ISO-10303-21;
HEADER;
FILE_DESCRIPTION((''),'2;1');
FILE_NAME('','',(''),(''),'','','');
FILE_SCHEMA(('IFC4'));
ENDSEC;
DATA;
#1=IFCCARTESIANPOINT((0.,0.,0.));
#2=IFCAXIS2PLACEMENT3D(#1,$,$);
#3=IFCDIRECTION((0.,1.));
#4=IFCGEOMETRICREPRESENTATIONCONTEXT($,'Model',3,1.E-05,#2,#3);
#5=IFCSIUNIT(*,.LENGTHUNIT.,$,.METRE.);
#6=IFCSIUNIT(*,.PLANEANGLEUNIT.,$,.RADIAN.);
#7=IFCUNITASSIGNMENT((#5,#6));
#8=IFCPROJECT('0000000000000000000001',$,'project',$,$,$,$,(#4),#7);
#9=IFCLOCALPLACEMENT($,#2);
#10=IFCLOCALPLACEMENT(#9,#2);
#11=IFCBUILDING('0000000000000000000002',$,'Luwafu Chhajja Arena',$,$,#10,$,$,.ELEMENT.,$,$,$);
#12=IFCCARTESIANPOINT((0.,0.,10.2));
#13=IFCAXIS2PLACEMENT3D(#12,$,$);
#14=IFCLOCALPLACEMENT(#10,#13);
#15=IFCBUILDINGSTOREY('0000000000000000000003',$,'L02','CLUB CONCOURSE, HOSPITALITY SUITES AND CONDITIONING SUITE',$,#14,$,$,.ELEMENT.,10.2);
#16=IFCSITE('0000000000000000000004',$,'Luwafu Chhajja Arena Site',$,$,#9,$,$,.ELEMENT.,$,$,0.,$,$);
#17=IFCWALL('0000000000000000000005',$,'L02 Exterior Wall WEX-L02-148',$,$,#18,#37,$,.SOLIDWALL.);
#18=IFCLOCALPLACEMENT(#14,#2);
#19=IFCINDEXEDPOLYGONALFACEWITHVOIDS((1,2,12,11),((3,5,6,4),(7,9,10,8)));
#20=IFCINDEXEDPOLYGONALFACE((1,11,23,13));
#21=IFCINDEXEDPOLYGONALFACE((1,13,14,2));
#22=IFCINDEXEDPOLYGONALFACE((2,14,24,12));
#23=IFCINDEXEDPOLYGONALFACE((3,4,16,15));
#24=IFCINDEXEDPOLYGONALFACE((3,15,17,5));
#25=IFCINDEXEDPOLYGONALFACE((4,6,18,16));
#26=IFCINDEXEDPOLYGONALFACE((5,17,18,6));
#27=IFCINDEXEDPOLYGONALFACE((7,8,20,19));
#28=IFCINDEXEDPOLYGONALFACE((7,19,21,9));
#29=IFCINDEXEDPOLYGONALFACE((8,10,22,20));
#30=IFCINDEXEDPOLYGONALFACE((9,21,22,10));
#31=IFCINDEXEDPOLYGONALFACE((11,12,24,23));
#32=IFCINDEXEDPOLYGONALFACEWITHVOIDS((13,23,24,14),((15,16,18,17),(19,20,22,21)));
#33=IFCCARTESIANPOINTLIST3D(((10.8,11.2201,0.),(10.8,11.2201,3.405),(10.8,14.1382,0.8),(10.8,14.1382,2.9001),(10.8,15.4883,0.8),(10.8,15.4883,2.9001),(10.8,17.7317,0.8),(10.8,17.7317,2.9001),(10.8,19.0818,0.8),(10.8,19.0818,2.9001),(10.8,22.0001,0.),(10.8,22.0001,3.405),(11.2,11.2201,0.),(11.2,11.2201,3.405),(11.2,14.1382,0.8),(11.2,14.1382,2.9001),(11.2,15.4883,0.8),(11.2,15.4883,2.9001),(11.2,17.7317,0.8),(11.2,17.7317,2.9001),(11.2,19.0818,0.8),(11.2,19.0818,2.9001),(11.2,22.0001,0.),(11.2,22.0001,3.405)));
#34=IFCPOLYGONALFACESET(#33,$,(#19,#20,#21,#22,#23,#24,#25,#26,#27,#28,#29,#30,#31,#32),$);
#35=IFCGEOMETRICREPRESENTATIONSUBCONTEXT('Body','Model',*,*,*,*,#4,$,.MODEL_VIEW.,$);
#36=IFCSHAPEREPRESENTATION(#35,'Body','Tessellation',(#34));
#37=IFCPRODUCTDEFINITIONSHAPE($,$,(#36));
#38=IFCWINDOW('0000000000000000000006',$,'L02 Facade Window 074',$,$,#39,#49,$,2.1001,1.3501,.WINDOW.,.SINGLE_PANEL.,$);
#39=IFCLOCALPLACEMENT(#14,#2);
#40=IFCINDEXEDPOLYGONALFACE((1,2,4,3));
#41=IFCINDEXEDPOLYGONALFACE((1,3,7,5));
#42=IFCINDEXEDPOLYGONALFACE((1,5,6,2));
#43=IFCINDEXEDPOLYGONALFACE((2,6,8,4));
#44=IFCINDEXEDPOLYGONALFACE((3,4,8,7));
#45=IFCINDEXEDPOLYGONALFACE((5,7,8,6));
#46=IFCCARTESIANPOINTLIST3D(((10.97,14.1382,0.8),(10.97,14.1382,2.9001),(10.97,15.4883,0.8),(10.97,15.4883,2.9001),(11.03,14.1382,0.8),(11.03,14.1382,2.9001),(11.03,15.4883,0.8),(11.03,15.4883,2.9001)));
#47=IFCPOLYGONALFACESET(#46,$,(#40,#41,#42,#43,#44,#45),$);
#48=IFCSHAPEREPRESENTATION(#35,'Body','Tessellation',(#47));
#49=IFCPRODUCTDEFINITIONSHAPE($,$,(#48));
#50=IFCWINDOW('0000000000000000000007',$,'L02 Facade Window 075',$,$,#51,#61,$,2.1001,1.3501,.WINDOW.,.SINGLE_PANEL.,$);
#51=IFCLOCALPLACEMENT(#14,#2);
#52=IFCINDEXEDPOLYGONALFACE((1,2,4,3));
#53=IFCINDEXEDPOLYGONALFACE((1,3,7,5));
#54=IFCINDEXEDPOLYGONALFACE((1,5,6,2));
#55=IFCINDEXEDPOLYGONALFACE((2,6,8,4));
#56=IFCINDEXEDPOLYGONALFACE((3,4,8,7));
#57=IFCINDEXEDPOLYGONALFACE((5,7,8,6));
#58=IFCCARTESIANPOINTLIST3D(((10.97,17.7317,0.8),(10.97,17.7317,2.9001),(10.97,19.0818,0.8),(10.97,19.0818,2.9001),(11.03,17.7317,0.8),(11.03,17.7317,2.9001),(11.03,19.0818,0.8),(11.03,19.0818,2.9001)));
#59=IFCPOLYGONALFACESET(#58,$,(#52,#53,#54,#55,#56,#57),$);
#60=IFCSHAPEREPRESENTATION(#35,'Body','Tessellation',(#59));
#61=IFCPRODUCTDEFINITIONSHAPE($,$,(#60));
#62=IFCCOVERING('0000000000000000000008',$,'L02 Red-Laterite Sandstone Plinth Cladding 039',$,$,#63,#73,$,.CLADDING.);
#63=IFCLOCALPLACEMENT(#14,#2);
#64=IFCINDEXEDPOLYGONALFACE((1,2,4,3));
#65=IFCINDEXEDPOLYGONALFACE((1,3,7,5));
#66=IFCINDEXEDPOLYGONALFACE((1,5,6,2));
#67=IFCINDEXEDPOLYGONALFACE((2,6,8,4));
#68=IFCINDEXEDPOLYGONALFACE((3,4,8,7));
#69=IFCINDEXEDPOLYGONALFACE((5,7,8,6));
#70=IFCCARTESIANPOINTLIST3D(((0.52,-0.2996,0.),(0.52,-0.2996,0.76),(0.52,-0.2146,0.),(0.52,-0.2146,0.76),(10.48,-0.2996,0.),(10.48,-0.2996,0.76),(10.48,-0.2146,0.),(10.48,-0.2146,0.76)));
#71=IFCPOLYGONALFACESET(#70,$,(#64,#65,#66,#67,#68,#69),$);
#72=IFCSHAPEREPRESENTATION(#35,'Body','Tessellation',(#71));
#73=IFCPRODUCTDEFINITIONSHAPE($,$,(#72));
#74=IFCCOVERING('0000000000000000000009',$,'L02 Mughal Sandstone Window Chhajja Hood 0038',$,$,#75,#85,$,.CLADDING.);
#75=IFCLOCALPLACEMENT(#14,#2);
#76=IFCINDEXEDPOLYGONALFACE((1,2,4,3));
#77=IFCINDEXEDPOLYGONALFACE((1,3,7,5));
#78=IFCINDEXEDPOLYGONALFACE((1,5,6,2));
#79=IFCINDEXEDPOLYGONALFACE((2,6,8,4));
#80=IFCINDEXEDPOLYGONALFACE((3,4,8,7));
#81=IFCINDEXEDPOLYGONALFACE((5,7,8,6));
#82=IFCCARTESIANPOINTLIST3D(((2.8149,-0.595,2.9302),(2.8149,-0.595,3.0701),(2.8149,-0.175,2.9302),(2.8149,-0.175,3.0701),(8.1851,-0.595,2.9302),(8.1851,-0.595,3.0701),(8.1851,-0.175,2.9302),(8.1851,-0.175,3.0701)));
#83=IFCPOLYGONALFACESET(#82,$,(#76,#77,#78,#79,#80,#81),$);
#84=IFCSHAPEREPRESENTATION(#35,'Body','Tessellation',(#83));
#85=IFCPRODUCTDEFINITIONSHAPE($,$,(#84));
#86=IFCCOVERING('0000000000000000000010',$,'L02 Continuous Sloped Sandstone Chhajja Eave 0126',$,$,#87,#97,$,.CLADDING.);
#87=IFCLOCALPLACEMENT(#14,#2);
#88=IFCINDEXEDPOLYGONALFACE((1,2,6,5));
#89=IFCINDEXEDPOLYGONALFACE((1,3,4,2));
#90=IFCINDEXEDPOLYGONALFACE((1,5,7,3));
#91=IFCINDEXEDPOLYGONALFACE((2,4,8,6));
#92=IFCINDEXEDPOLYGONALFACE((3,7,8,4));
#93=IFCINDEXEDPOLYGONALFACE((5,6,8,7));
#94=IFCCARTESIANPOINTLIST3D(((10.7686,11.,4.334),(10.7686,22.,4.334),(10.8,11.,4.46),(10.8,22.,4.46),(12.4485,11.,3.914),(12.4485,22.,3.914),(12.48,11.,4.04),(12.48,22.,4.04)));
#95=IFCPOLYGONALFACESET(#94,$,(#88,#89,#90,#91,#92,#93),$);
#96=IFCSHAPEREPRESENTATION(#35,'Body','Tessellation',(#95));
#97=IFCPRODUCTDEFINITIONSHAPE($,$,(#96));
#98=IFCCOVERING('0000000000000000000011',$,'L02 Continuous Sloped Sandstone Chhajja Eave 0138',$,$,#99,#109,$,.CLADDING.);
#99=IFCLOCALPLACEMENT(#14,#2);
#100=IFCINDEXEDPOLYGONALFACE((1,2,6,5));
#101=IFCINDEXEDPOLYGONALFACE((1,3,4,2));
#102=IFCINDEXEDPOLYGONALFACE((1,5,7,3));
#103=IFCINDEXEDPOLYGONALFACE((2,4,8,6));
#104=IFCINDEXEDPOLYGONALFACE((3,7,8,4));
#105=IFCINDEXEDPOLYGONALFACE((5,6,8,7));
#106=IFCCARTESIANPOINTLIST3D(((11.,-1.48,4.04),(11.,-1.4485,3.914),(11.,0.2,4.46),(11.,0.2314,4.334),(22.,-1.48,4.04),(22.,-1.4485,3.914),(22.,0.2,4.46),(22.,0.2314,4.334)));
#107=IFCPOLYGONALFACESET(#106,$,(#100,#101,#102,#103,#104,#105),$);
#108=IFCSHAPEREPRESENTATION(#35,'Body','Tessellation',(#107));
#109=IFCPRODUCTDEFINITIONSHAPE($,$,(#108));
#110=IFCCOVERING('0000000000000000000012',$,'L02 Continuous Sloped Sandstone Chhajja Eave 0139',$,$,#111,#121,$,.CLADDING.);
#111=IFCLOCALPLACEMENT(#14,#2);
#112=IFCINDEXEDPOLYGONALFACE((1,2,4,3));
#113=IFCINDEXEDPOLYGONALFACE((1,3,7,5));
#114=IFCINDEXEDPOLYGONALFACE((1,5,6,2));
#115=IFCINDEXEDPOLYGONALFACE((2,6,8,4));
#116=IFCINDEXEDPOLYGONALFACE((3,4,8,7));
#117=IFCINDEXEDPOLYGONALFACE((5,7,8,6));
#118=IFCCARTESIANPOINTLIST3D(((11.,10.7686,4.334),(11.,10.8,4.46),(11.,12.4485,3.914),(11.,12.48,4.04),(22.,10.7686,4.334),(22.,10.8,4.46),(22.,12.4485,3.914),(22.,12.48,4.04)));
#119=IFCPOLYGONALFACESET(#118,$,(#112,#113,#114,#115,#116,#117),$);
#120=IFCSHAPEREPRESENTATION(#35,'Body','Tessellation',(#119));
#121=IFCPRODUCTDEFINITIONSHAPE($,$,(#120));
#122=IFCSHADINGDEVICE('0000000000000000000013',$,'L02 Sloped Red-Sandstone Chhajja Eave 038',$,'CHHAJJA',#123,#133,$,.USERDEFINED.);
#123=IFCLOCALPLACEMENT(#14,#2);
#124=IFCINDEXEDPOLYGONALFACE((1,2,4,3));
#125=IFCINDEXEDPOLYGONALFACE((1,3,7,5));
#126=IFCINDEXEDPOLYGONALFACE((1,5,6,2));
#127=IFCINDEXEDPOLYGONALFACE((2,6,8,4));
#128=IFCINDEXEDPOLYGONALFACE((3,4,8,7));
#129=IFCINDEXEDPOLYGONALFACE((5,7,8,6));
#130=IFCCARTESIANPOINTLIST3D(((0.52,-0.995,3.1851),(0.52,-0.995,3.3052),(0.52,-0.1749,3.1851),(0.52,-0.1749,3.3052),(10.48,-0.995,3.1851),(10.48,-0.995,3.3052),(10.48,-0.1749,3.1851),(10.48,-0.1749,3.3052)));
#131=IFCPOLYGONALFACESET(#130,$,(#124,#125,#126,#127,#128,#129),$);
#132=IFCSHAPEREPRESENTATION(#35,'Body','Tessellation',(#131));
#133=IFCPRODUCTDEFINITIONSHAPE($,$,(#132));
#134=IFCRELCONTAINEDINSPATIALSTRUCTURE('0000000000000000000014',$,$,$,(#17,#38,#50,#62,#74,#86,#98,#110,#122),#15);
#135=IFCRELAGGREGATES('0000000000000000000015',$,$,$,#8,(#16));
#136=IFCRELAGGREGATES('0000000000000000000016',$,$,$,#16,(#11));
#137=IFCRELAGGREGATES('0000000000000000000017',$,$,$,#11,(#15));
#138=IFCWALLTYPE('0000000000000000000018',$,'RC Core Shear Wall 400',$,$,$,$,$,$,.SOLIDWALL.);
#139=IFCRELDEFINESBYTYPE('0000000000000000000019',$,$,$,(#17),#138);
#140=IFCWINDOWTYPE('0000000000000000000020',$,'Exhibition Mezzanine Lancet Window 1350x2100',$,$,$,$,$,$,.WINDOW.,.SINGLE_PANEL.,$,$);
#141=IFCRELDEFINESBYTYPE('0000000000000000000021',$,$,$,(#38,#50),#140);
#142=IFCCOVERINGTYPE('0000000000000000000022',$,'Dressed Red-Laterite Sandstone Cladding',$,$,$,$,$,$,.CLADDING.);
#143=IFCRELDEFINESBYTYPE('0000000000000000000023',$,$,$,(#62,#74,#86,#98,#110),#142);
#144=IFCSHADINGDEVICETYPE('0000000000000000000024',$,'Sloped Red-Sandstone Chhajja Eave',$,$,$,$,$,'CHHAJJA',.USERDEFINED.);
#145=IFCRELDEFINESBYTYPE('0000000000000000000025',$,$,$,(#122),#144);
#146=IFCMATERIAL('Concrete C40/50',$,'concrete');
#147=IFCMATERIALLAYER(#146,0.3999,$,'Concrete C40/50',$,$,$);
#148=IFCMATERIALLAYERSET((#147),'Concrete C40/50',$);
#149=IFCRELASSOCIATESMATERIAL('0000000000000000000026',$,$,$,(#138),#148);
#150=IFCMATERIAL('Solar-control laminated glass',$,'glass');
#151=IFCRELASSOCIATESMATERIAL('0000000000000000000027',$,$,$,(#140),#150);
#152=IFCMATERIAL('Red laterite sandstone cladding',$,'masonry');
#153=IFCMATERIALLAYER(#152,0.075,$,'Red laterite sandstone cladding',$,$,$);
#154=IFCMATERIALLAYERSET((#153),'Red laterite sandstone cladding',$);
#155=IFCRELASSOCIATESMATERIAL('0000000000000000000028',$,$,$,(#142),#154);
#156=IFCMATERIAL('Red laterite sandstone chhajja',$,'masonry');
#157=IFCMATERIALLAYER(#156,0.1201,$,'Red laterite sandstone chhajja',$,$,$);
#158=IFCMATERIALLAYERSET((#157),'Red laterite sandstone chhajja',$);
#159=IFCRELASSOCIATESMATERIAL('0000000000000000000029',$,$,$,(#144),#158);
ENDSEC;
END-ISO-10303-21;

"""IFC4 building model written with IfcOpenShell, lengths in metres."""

from ifc_helpers import new_model, si_unit, direction, frame, frame_2d, origin, origin_2d, place, context, subcontext, project, spatial, polyline, rectangle, outline, extrude, material, layer, layer_set, type_object, element, fill, save


model = new_model("IFC4")

# Units and contexts
model_context = context("Model", 3, precision=1e-05, world=origin(), true_north=direction((0.0, 1.0)))
body_context = subcontext(model_context, "Body", "Model", "MODEL_VIEW")
ifc_project = project(units=[si_unit("LENGTHUNIT", "METRE"), si_unit("PLANEANGLEUNIT", "RADIAN")], contexts=[model_context])

# Site, building, storey
site_placement = place(None, origin())
site = spatial("IfcSite", under=ifc_project, at=site_placement, Name="Luwafu Chhajja Arena Site", CompositionType="ELEMENT", RefElevation=0.0)
building_placement = place(site_placement, origin())
building = spatial("IfcBuilding", under=site, at=building_placement, Name="Luwafu Chhajja Arena", CompositionType="ELEMENT")
storey_placement = place(building_placement, frame((0.0, 0.0, 10.2)))
storey = spatial("IfcBuildingStorey", under=building, at=storey_placement, Name="L02", Description="CLUB CONCOURSE, HOSPITALITY SUITES AND CONDITIONING SUITE", CompositionType="ELEMENT", Elevation=10.2)

# Shared definitions
ifc_material_1 = material(Name="Concrete C40/50", Category="concrete")

# Wall, openings, windows
ifc_layer_1 = layer(ifc_material_1, 0.3999, Name="Concrete C40/50")
ifc_layer_set_1 = layer_set([ifc_layer_1], Name="Concrete C40/50")
wall_type_1 = type_object("IfcWallType", Name="RC Core Shear Wall 400", PredefinedType="SOLIDWALL", material=ifc_layer_set_1)
wall_1_placement = place(storey_placement, frame((11.0, 11.22, 0.0), z_axis=(0.0, 0.0, 1.0), x_axis=(0.0, 1.0, 0.0)))
wall_1 = element("IfcWall", 1, at=wall_1_placement, inside=storey, type_object=wall_type_1, Name="L02 Exterior Wall WEX-L02-148", PredefinedType="SOLIDWALL", context=body_context, shape_type="SweptSolid", body=[
    extrude(rectangle(XDim=10.78, YDim=0.3999, at=frame_2d((5.3901, 0.0))), origin(), (0.0, 0.0, 1.0), 3.405),
])
opening_1_placement = place(wall_1_placement, frame((2.9182, 0.0, 0.8)))
opening_1 = element("IfcOpeningElement", 2, at=opening_1_placement, cuts=wall_1, PredefinedType="OPENING", context=body_context, shape_type="SweptSolid", body=[
    extrude(rectangle(XDim=1.3501, YDim=2.1001, at=frame_2d((0.675, 1.05))), frame((0.0, 0.21, 0.0), z_axis=(0.0, -1.0, 0.0), x_axis=(1.0, 0.0, 0.0)), (0.0, 0.0, 1.0), 0.4199),
])
opening_2_placement = place(wall_1_placement, frame((6.5117, 0.0, 0.8)))
opening_2 = element("IfcOpeningElement", 3, at=opening_2_placement, cuts=wall_1, PredefinedType="OPENING", context=body_context, shape_type="SweptSolid", body=[
    extrude(rectangle(XDim=1.3501, YDim=2.1001, at=frame_2d((0.675, 1.05))), frame((0.0, 0.21, 0.0), z_axis=(0.0, -1.0, 0.0), x_axis=(1.0, 0.0, 0.0)), (0.0, 0.0, 1.0), 0.4199),
])
ifc_material_2 = material(Name="Solar-control laminated glass", Category="glass")
window_type = type_object("IfcWindowType", Name="Exhibition Mezzanine Lancet Window 1350x2100", PartitioningType="SINGLE_PANEL", PredefinedType="WINDOW", material=ifc_material_2)
window_1_placement = place(opening_1_placement, origin())
window_1 = element("IfcWindow", 4, at=window_1_placement, inside=storey, type_object=window_type, Name="L02 Facade Window 074", OverallHeight=2.1001, OverallWidth=1.3501, PartitioningType="SINGLE_PANEL", PredefinedType="WINDOW", context=body_context, shape_type="SweptSolid", body=[
    extrude(rectangle(XDim=1.3501, YDim=2.1001, at=frame_2d((0.675, 1.05))), frame((0.0, 0.03, 0.0), z_axis=(0.0, -1.0, 0.0), x_axis=(1.0, 0.0, 0.0)), (0.0, 0.0, 1.0), 0.0601),
])
fill(opening_1, window_1)
window_2_placement = place(opening_2_placement, origin())
window_2 = element("IfcWindow", 5, at=window_2_placement, inside=storey, type_object=window_type, Name="L02 Facade Window 075", OverallHeight=2.1001, OverallWidth=1.3501, PartitioningType="SINGLE_PANEL", PredefinedType="WINDOW", context=body_context, shape_type="SweptSolid", body=[
    extrude(rectangle(XDim=1.3501, YDim=2.1001, at=frame_2d((0.675, 1.05))), frame((0.0, 0.03, 0.0), z_axis=(0.0, -1.0, 0.0), x_axis=(1.0, 0.0, 0.0)), (0.0, 0.0, 1.0), 0.0601),
])
fill(opening_2, window_2)

# Coverings
ifc_material_3 = material(Name="Red laterite sandstone cladding", Category="masonry")
ifc_layer_2 = layer(ifc_material_3, 0.075, Name="Red laterite sandstone cladding")
ifc_layer_set_2 = layer_set([ifc_layer_2], Name="Red laterite sandstone cladding")
covering_type = type_object("IfcCoveringType", Name="Dressed Red-Laterite Sandstone Cladding", PredefinedType="CLADDING", material=ifc_layer_set_2)
covering_1_placement = place(storey_placement, frame((5.5, -0.2571, 0.0), z_axis=(0.0, 0.0, 1.0), x_axis=(1.0, 0.0, 0.0)))
element("IfcCovering", 6, at=covering_1_placement, inside=storey, type_object=covering_type, Name="L02 Red-Laterite Sandstone Plinth Cladding 039", PredefinedType="CLADDING", context=body_context, shape_type="SweptSolid", body=[
    extrude(rectangle(XDim=9.96, YDim=0.085, at=origin_2d()), origin(), (0.0, 0.0, 1.0), 0.76),
])
covering_2_placement = place(storey_placement, frame((5.5, -0.385, 2.9302), z_axis=(0.0, 0.0, 1.0), x_axis=(1.0, 0.0, 0.0)))
element("IfcCovering", 7, at=covering_2_placement, inside=storey, type_object=covering_type, Name="L02 Mughal Sandstone Window Chhajja Hood 0038", PredefinedType="CLADDING", context=body_context, shape_type="SweptSolid", body=[
    extrude(rectangle(XDim=5.3701, YDim=0.4199, at=origin_2d()), origin(), (0.0, 0.0, 1.0), 0.1399),
])
for number, where, z_axis, x_axis, name in (
    (8, (10.8, 11.0, 4.46), (0.242502, 0.0, 0.970151), (0.0, 1.0, 0.0), "L02 Continuous Sloped Sandstone Chhajja Eave 0126"),
    (9, (11.0, 0.2, 4.46), (0.0, -0.242502, 0.970151), (1.0, 0.0, 0.0), "L02 Continuous Sloped Sandstone Chhajja Eave 0138"),
):
    element("IfcCovering", number, at=place(storey_placement, frame(where, z_axis=z_axis, x_axis=x_axis)), inside=storey, type_object=covering_type, Name=name, PredefinedType="CLADDING", context=body_context, shape_type="SweptSolid", body=[
        extrude(outline(polyline([(0.0, 0.0), (11.0, 0.0), (11.0, -1.7316), (0.0, -1.7316), (0.0, 0.0)])), origin(), (0.0, 0.0, -1.0), 0.1299),
    ])
covering_3_placement = place(storey_placement, frame((11.0, 10.8, 4.46), z_axis=(0.0, 0.242502, 0.970151), x_axis=(1.0, 0.0, 0.0)))
element("IfcCovering", 10, at=covering_3_placement, inside=storey, type_object=covering_type, Name="L02 Continuous Sloped Sandstone Chhajja Eave 0139", PredefinedType="CLADDING", context=body_context, shape_type="SweptSolid", body=[
    extrude(outline(polyline([(0.0, 0.0), (11.0, 0.0), (11.0, 1.7316), (0.0, 1.7316), (0.0, 0.0)])), origin(), (0.0, 0.0, -1.0), 0.1299),
])

# Shading device
ifc_material_4 = material(Name="Red laterite sandstone chhajja", Category="masonry")
ifc_layer_3 = layer(ifc_material_4, 0.1201, Name="Red laterite sandstone chhajja")
ifc_layer_set_3 = layer_set([ifc_layer_3], Name="Red laterite sandstone chhajja")
shading_device_type = type_object("IfcShadingDeviceType", Name="Sloped Red-Sandstone Chhajja Eave", ElementType="CHHAJJA", PredefinedType="USERDEFINED", material=ifc_layer_set_3)
shading_device_placement = place(storey_placement, frame((5.5, -0.585, 3.1851), z_axis=(0.0, 0.0, 1.0), x_axis=(1.0, 0.0, 0.0)))
element("IfcShadingDevice", 11, at=shading_device_placement, inside=storey, type_object=shading_device_type, Name="L02 Sloped Red-Sandstone Chhajja Eave 038", ObjectType="CHHAJJA", PredefinedType="USERDEFINED", context=body_context, shape_type="SweptSolid", body=[
    extrude(rectangle(XDim=9.96, YDim=0.8201, at=origin_2d()), origin(), (0.0, 0.0, 1.0), 0.1201),
])

save(model, "model.ifc")
